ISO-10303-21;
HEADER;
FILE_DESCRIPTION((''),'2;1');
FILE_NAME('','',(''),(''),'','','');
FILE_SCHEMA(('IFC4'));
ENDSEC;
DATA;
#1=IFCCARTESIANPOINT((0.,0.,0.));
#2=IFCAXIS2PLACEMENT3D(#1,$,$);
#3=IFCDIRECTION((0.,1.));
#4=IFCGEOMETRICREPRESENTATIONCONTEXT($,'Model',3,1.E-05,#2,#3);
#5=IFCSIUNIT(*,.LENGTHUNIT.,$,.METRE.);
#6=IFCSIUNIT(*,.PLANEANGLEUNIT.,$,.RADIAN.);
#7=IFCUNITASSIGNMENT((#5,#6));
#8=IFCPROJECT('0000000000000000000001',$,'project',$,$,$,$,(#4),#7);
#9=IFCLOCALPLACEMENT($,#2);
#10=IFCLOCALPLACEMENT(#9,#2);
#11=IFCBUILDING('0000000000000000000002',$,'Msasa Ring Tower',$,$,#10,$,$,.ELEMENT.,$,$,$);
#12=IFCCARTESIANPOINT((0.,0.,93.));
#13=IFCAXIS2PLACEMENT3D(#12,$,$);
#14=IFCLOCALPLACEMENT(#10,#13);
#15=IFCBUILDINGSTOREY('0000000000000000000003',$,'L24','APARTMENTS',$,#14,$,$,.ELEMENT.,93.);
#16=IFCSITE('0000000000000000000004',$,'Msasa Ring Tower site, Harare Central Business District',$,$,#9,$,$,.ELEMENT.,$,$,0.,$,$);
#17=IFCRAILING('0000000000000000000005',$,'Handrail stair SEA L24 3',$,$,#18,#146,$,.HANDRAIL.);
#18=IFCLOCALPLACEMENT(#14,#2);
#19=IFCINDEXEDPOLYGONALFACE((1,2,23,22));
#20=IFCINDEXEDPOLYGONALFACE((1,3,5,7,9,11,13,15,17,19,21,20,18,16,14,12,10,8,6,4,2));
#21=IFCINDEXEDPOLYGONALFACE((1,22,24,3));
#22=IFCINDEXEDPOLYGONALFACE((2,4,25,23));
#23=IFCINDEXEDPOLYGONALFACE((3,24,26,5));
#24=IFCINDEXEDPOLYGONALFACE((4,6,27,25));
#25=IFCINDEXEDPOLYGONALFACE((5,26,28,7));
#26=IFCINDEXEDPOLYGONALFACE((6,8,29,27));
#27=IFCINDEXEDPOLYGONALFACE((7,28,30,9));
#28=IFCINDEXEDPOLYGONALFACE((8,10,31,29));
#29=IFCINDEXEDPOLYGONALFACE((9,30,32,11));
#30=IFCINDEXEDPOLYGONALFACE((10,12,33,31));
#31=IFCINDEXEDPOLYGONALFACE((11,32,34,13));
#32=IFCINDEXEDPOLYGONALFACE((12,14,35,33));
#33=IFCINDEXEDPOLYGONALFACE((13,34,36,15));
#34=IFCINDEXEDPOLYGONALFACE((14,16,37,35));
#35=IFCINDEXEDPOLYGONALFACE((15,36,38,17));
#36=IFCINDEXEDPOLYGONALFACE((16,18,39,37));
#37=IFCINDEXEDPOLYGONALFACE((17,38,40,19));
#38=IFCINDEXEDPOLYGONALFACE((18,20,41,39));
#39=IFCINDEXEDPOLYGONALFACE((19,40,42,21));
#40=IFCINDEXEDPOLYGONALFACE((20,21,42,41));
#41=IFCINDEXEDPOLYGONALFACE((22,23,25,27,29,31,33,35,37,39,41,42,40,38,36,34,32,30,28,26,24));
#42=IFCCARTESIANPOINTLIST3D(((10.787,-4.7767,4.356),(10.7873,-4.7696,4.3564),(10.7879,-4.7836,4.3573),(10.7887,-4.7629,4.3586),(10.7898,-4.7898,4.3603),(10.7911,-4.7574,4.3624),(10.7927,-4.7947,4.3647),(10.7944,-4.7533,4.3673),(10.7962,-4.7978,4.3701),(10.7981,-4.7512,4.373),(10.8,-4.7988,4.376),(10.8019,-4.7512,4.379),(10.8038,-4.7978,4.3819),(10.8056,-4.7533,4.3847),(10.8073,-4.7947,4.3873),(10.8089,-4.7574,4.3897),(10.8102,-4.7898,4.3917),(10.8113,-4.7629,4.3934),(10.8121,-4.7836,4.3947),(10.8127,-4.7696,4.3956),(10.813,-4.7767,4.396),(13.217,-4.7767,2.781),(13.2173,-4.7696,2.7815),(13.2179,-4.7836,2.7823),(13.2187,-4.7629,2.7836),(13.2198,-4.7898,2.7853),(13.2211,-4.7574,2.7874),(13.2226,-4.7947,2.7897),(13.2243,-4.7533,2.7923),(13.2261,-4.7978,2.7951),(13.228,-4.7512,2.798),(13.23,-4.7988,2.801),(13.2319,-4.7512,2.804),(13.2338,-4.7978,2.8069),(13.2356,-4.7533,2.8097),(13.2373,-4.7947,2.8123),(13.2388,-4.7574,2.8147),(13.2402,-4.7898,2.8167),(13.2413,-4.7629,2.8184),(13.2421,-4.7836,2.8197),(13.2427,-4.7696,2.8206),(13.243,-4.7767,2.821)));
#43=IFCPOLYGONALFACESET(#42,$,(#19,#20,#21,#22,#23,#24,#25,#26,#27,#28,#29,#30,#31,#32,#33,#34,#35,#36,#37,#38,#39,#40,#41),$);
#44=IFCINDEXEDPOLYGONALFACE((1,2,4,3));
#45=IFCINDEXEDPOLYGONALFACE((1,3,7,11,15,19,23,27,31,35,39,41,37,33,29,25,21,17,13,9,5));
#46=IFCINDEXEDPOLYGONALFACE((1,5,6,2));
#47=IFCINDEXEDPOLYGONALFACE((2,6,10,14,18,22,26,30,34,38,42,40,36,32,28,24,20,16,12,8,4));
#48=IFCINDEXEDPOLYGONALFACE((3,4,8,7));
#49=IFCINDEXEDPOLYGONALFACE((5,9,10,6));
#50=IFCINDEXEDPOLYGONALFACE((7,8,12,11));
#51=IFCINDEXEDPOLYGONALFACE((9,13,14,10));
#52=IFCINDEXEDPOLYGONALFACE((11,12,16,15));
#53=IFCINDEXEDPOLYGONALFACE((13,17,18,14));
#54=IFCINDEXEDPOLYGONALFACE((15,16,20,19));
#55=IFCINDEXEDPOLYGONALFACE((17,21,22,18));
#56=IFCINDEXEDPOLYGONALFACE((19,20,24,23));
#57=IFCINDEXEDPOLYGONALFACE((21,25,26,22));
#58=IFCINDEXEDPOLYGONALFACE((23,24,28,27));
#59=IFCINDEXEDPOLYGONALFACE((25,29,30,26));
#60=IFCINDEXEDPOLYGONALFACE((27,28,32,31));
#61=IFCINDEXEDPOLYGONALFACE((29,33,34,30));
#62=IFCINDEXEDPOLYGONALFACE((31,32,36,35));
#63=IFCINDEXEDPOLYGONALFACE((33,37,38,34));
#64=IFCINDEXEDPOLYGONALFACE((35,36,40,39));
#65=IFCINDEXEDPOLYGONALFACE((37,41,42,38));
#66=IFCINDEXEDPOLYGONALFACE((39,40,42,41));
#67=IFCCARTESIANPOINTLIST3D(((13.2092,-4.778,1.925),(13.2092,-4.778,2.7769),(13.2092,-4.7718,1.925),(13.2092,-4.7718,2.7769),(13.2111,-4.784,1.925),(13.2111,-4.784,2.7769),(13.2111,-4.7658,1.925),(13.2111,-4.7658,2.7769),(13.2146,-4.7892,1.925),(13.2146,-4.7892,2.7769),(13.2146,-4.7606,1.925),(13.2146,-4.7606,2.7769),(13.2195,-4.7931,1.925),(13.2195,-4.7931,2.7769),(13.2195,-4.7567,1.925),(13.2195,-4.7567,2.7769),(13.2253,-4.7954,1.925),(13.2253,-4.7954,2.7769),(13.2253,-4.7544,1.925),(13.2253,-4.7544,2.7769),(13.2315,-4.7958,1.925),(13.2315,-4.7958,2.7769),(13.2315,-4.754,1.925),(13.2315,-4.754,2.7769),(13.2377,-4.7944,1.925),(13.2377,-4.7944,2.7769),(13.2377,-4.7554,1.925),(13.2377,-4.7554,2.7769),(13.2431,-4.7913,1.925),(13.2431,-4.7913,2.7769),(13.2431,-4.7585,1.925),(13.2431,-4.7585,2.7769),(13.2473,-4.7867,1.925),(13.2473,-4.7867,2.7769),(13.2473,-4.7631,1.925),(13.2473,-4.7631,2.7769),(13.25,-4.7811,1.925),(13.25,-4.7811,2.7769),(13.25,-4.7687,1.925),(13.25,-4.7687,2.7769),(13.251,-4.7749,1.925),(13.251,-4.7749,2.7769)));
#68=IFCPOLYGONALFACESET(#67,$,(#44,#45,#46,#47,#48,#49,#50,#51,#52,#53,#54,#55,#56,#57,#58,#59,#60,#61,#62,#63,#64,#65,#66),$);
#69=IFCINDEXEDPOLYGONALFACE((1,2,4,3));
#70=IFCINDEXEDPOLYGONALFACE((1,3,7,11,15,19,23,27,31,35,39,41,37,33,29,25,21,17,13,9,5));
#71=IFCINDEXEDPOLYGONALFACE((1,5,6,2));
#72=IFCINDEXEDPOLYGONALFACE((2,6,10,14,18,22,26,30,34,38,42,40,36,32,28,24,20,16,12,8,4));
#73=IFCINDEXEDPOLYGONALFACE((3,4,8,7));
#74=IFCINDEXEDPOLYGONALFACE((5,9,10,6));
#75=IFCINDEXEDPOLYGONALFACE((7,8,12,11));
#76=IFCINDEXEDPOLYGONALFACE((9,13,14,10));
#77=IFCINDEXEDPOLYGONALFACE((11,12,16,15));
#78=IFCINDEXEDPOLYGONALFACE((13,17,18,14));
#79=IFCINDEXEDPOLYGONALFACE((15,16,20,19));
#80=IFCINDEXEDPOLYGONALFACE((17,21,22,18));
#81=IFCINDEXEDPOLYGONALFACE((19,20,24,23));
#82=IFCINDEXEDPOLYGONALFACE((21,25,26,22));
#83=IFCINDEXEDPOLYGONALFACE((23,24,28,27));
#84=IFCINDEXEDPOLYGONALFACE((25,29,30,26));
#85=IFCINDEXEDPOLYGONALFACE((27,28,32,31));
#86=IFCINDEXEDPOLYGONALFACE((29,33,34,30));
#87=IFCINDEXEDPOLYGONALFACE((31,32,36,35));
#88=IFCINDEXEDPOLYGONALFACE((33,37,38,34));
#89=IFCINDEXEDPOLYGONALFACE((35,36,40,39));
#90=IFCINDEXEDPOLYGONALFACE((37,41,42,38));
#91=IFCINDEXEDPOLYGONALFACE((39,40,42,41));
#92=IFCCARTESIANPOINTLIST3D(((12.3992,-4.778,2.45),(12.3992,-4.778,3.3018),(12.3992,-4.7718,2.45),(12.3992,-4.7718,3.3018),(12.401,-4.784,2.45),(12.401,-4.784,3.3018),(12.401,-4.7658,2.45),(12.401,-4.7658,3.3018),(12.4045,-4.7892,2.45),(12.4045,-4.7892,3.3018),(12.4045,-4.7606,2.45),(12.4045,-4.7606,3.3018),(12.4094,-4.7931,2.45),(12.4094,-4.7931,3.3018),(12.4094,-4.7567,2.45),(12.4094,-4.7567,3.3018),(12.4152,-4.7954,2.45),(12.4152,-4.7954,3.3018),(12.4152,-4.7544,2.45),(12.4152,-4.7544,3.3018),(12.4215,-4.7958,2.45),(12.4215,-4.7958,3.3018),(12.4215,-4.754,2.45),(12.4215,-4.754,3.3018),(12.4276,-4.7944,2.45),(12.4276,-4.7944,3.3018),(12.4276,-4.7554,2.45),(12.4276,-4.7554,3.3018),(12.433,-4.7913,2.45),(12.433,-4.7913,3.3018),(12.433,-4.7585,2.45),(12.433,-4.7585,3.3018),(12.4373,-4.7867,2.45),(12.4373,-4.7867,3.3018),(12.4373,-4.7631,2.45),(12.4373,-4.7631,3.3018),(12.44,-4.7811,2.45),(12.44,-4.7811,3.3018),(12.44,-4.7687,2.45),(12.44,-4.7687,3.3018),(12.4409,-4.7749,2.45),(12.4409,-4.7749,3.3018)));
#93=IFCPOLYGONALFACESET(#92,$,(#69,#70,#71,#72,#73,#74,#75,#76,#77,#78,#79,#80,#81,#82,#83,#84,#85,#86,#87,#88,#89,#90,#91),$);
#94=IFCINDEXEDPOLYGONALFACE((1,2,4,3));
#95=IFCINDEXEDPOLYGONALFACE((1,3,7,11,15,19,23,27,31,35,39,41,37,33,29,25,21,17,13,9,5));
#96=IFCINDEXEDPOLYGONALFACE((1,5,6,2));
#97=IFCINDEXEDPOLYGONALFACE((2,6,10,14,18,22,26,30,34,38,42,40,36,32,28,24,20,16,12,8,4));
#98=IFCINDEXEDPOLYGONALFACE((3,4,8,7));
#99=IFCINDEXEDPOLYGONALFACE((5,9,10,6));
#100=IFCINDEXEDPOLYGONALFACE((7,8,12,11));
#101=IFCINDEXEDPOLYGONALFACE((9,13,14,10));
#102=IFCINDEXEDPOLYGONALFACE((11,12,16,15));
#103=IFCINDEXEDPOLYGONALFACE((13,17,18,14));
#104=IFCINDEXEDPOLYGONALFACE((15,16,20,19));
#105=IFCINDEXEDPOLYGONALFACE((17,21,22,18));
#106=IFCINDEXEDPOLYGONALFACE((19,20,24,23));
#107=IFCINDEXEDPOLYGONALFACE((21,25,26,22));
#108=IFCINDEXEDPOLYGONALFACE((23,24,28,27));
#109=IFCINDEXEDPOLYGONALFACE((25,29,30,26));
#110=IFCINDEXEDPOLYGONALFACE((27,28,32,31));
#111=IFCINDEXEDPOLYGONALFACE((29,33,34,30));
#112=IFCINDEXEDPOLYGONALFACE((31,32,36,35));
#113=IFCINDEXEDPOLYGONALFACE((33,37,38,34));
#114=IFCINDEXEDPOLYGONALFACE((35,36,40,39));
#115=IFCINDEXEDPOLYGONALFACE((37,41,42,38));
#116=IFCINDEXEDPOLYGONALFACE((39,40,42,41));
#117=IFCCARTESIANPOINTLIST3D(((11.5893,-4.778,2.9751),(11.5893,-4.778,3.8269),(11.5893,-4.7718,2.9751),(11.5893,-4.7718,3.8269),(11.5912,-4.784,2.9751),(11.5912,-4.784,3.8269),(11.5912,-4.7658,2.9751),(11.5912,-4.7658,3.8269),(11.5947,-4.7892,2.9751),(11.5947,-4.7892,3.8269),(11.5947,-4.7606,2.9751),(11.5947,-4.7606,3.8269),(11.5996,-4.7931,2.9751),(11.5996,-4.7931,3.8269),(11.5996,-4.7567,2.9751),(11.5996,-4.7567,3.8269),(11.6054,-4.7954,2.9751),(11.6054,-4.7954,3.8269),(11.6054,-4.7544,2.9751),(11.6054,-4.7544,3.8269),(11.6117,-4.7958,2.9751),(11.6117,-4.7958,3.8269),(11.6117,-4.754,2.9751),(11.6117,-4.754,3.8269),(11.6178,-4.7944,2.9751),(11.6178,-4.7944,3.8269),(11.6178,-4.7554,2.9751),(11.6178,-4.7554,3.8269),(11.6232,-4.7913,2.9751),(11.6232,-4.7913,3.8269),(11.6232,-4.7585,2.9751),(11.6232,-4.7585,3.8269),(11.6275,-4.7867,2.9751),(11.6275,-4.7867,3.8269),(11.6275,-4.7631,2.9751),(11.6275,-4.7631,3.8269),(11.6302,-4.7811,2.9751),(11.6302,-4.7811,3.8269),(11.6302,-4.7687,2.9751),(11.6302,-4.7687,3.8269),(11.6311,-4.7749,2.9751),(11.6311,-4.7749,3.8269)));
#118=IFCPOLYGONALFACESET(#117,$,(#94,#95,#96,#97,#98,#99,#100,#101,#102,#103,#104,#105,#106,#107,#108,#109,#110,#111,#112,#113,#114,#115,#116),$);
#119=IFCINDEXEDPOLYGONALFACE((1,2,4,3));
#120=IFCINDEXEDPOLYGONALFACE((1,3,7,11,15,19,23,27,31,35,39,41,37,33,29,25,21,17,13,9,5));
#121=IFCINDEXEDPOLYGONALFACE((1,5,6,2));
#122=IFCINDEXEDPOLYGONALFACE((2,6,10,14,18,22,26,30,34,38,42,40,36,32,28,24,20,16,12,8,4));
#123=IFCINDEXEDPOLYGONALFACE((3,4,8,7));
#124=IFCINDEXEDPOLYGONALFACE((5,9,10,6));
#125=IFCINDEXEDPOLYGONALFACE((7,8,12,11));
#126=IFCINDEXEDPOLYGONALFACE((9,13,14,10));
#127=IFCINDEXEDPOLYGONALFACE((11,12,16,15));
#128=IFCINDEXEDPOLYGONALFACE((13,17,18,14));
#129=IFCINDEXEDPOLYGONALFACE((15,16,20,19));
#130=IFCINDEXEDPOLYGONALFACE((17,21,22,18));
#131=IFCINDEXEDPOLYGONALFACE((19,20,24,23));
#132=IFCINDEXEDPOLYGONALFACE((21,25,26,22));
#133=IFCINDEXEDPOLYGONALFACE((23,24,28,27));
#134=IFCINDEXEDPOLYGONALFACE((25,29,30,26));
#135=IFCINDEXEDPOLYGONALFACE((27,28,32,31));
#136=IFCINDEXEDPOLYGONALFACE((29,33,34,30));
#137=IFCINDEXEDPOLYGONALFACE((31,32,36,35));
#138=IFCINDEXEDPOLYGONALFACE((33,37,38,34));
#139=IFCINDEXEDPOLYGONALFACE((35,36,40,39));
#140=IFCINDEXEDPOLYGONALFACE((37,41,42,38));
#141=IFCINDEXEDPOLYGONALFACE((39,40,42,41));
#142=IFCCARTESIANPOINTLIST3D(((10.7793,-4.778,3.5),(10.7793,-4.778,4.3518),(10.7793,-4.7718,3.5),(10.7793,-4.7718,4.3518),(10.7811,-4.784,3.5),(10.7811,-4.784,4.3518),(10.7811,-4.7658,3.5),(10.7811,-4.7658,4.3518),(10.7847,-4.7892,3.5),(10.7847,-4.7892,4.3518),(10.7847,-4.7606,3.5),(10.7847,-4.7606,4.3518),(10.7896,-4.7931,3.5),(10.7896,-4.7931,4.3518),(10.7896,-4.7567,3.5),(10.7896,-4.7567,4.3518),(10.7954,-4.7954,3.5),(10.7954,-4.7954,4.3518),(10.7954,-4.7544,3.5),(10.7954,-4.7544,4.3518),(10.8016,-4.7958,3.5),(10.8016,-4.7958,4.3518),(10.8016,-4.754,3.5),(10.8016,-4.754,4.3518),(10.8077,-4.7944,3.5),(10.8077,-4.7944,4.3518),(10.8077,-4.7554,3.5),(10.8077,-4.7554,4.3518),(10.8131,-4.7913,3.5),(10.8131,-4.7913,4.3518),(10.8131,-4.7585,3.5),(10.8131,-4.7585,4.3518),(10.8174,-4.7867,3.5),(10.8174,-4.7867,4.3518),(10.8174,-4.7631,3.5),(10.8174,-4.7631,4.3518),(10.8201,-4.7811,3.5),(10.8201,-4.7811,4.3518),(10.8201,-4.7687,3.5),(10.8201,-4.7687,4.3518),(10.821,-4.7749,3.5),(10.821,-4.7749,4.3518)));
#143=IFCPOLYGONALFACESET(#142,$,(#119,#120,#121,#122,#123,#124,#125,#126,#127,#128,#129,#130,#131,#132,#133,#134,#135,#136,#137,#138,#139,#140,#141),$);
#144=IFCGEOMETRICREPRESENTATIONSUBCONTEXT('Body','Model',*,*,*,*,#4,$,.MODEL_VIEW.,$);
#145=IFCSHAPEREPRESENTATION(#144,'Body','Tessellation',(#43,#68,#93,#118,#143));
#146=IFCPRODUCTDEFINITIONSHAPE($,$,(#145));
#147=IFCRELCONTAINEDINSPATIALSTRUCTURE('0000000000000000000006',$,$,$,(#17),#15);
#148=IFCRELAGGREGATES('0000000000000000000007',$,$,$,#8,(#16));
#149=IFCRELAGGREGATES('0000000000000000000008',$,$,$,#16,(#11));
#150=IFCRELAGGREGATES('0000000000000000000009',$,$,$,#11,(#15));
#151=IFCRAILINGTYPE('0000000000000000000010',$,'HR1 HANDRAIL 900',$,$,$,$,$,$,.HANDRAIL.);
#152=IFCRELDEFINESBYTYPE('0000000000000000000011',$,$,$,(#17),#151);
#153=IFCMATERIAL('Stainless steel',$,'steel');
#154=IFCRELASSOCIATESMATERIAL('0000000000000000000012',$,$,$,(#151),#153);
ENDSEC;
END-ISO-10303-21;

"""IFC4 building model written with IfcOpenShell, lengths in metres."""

from ifc_helpers import new_model, si_unit, direction, frame, origin, origin_2d, place, context, subcontext, project, spatial, circle, extrude, material, type_object, element, save


model = new_model("IFC4")

# Units and contexts
model_context = context("Model", 3, precision=1e-05, world=origin(), true_north=direction((0.0, 1.0)))
body_context = subcontext(model_context, "Body", "Model", "MODEL_VIEW")
ifc_project = project(units=[si_unit("LENGTHUNIT", "METRE"), si_unit("PLANEANGLEUNIT", "RADIAN")], contexts=[model_context])

# Site, building, storey
site_placement = place(None, origin())
site = spatial("IfcSite", under=ifc_project, at=site_placement, Name="Msasa Ring Tower site, Harare Central Business District", CompositionType="ELEMENT", RefElevation=0.0)
building_placement = place(site_placement, origin())
building = spatial("IfcBuilding", under=site, at=building_placement, Name="Msasa Ring Tower", CompositionType="ELEMENT")
storey_placement = place(building_placement, frame((0.0, 0.0, 93.0)))
storey = spatial("IfcBuildingStorey", under=building, at=storey_placement, Name="L24", Description="APARTMENTS", CompositionType="ELEMENT", Elevation=93.0)

# Railing
ifc_material_1 = material(Name="Stainless steel", Category="steel")
railing_type = type_object("IfcRailingType", Name="HR1 HANDRAIL 900", PredefinedType="HANDRAIL", material=ifc_material_1)
for number, where, name in (
    (1, (13.23, -4.7749, 1.925), "Handrail stair SEA L24 3"),
):
    element("IfcRailing", number, at=place(storey_placement, frame(where)), inside=storey, type_object=railing_type, Name=name, PredefinedType="HANDRAIL", context=body_context, shape_type="SweptSolid", body=[
        extrude(circle(Radius=0.0239, at=origin_2d()), frame((0.0, 0.0, 0.876), z_axis=(-0.839154, 0.0, 0.543894), x_axis=(0.0, -1.0, 0.0)), (0.0, 0.0, 1.0), 2.8958),
        extrude(circle(Radius=0.021, at=origin_2d()), origin(), (0.0, 0.0, 1.0), 0.8518),
        extrude(circle(Radius=0.021, at=origin_2d()), frame((-0.8101, 0.0, 0.5249)), (0.0, 0.0, 1.0), 0.8518),
        extrude(circle(Radius=0.021, at=origin_2d()), frame((-1.6199, 0.0, 1.05)), (0.0, 0.0, 1.0), 0.8518),
        extrude(circle(Radius=0.021, at=origin_2d()), frame((-2.4299, 0.0, 1.575)), (0.0, 0.0, 1.0), 0.8518),
    ])

save(model, "model.ifc")
